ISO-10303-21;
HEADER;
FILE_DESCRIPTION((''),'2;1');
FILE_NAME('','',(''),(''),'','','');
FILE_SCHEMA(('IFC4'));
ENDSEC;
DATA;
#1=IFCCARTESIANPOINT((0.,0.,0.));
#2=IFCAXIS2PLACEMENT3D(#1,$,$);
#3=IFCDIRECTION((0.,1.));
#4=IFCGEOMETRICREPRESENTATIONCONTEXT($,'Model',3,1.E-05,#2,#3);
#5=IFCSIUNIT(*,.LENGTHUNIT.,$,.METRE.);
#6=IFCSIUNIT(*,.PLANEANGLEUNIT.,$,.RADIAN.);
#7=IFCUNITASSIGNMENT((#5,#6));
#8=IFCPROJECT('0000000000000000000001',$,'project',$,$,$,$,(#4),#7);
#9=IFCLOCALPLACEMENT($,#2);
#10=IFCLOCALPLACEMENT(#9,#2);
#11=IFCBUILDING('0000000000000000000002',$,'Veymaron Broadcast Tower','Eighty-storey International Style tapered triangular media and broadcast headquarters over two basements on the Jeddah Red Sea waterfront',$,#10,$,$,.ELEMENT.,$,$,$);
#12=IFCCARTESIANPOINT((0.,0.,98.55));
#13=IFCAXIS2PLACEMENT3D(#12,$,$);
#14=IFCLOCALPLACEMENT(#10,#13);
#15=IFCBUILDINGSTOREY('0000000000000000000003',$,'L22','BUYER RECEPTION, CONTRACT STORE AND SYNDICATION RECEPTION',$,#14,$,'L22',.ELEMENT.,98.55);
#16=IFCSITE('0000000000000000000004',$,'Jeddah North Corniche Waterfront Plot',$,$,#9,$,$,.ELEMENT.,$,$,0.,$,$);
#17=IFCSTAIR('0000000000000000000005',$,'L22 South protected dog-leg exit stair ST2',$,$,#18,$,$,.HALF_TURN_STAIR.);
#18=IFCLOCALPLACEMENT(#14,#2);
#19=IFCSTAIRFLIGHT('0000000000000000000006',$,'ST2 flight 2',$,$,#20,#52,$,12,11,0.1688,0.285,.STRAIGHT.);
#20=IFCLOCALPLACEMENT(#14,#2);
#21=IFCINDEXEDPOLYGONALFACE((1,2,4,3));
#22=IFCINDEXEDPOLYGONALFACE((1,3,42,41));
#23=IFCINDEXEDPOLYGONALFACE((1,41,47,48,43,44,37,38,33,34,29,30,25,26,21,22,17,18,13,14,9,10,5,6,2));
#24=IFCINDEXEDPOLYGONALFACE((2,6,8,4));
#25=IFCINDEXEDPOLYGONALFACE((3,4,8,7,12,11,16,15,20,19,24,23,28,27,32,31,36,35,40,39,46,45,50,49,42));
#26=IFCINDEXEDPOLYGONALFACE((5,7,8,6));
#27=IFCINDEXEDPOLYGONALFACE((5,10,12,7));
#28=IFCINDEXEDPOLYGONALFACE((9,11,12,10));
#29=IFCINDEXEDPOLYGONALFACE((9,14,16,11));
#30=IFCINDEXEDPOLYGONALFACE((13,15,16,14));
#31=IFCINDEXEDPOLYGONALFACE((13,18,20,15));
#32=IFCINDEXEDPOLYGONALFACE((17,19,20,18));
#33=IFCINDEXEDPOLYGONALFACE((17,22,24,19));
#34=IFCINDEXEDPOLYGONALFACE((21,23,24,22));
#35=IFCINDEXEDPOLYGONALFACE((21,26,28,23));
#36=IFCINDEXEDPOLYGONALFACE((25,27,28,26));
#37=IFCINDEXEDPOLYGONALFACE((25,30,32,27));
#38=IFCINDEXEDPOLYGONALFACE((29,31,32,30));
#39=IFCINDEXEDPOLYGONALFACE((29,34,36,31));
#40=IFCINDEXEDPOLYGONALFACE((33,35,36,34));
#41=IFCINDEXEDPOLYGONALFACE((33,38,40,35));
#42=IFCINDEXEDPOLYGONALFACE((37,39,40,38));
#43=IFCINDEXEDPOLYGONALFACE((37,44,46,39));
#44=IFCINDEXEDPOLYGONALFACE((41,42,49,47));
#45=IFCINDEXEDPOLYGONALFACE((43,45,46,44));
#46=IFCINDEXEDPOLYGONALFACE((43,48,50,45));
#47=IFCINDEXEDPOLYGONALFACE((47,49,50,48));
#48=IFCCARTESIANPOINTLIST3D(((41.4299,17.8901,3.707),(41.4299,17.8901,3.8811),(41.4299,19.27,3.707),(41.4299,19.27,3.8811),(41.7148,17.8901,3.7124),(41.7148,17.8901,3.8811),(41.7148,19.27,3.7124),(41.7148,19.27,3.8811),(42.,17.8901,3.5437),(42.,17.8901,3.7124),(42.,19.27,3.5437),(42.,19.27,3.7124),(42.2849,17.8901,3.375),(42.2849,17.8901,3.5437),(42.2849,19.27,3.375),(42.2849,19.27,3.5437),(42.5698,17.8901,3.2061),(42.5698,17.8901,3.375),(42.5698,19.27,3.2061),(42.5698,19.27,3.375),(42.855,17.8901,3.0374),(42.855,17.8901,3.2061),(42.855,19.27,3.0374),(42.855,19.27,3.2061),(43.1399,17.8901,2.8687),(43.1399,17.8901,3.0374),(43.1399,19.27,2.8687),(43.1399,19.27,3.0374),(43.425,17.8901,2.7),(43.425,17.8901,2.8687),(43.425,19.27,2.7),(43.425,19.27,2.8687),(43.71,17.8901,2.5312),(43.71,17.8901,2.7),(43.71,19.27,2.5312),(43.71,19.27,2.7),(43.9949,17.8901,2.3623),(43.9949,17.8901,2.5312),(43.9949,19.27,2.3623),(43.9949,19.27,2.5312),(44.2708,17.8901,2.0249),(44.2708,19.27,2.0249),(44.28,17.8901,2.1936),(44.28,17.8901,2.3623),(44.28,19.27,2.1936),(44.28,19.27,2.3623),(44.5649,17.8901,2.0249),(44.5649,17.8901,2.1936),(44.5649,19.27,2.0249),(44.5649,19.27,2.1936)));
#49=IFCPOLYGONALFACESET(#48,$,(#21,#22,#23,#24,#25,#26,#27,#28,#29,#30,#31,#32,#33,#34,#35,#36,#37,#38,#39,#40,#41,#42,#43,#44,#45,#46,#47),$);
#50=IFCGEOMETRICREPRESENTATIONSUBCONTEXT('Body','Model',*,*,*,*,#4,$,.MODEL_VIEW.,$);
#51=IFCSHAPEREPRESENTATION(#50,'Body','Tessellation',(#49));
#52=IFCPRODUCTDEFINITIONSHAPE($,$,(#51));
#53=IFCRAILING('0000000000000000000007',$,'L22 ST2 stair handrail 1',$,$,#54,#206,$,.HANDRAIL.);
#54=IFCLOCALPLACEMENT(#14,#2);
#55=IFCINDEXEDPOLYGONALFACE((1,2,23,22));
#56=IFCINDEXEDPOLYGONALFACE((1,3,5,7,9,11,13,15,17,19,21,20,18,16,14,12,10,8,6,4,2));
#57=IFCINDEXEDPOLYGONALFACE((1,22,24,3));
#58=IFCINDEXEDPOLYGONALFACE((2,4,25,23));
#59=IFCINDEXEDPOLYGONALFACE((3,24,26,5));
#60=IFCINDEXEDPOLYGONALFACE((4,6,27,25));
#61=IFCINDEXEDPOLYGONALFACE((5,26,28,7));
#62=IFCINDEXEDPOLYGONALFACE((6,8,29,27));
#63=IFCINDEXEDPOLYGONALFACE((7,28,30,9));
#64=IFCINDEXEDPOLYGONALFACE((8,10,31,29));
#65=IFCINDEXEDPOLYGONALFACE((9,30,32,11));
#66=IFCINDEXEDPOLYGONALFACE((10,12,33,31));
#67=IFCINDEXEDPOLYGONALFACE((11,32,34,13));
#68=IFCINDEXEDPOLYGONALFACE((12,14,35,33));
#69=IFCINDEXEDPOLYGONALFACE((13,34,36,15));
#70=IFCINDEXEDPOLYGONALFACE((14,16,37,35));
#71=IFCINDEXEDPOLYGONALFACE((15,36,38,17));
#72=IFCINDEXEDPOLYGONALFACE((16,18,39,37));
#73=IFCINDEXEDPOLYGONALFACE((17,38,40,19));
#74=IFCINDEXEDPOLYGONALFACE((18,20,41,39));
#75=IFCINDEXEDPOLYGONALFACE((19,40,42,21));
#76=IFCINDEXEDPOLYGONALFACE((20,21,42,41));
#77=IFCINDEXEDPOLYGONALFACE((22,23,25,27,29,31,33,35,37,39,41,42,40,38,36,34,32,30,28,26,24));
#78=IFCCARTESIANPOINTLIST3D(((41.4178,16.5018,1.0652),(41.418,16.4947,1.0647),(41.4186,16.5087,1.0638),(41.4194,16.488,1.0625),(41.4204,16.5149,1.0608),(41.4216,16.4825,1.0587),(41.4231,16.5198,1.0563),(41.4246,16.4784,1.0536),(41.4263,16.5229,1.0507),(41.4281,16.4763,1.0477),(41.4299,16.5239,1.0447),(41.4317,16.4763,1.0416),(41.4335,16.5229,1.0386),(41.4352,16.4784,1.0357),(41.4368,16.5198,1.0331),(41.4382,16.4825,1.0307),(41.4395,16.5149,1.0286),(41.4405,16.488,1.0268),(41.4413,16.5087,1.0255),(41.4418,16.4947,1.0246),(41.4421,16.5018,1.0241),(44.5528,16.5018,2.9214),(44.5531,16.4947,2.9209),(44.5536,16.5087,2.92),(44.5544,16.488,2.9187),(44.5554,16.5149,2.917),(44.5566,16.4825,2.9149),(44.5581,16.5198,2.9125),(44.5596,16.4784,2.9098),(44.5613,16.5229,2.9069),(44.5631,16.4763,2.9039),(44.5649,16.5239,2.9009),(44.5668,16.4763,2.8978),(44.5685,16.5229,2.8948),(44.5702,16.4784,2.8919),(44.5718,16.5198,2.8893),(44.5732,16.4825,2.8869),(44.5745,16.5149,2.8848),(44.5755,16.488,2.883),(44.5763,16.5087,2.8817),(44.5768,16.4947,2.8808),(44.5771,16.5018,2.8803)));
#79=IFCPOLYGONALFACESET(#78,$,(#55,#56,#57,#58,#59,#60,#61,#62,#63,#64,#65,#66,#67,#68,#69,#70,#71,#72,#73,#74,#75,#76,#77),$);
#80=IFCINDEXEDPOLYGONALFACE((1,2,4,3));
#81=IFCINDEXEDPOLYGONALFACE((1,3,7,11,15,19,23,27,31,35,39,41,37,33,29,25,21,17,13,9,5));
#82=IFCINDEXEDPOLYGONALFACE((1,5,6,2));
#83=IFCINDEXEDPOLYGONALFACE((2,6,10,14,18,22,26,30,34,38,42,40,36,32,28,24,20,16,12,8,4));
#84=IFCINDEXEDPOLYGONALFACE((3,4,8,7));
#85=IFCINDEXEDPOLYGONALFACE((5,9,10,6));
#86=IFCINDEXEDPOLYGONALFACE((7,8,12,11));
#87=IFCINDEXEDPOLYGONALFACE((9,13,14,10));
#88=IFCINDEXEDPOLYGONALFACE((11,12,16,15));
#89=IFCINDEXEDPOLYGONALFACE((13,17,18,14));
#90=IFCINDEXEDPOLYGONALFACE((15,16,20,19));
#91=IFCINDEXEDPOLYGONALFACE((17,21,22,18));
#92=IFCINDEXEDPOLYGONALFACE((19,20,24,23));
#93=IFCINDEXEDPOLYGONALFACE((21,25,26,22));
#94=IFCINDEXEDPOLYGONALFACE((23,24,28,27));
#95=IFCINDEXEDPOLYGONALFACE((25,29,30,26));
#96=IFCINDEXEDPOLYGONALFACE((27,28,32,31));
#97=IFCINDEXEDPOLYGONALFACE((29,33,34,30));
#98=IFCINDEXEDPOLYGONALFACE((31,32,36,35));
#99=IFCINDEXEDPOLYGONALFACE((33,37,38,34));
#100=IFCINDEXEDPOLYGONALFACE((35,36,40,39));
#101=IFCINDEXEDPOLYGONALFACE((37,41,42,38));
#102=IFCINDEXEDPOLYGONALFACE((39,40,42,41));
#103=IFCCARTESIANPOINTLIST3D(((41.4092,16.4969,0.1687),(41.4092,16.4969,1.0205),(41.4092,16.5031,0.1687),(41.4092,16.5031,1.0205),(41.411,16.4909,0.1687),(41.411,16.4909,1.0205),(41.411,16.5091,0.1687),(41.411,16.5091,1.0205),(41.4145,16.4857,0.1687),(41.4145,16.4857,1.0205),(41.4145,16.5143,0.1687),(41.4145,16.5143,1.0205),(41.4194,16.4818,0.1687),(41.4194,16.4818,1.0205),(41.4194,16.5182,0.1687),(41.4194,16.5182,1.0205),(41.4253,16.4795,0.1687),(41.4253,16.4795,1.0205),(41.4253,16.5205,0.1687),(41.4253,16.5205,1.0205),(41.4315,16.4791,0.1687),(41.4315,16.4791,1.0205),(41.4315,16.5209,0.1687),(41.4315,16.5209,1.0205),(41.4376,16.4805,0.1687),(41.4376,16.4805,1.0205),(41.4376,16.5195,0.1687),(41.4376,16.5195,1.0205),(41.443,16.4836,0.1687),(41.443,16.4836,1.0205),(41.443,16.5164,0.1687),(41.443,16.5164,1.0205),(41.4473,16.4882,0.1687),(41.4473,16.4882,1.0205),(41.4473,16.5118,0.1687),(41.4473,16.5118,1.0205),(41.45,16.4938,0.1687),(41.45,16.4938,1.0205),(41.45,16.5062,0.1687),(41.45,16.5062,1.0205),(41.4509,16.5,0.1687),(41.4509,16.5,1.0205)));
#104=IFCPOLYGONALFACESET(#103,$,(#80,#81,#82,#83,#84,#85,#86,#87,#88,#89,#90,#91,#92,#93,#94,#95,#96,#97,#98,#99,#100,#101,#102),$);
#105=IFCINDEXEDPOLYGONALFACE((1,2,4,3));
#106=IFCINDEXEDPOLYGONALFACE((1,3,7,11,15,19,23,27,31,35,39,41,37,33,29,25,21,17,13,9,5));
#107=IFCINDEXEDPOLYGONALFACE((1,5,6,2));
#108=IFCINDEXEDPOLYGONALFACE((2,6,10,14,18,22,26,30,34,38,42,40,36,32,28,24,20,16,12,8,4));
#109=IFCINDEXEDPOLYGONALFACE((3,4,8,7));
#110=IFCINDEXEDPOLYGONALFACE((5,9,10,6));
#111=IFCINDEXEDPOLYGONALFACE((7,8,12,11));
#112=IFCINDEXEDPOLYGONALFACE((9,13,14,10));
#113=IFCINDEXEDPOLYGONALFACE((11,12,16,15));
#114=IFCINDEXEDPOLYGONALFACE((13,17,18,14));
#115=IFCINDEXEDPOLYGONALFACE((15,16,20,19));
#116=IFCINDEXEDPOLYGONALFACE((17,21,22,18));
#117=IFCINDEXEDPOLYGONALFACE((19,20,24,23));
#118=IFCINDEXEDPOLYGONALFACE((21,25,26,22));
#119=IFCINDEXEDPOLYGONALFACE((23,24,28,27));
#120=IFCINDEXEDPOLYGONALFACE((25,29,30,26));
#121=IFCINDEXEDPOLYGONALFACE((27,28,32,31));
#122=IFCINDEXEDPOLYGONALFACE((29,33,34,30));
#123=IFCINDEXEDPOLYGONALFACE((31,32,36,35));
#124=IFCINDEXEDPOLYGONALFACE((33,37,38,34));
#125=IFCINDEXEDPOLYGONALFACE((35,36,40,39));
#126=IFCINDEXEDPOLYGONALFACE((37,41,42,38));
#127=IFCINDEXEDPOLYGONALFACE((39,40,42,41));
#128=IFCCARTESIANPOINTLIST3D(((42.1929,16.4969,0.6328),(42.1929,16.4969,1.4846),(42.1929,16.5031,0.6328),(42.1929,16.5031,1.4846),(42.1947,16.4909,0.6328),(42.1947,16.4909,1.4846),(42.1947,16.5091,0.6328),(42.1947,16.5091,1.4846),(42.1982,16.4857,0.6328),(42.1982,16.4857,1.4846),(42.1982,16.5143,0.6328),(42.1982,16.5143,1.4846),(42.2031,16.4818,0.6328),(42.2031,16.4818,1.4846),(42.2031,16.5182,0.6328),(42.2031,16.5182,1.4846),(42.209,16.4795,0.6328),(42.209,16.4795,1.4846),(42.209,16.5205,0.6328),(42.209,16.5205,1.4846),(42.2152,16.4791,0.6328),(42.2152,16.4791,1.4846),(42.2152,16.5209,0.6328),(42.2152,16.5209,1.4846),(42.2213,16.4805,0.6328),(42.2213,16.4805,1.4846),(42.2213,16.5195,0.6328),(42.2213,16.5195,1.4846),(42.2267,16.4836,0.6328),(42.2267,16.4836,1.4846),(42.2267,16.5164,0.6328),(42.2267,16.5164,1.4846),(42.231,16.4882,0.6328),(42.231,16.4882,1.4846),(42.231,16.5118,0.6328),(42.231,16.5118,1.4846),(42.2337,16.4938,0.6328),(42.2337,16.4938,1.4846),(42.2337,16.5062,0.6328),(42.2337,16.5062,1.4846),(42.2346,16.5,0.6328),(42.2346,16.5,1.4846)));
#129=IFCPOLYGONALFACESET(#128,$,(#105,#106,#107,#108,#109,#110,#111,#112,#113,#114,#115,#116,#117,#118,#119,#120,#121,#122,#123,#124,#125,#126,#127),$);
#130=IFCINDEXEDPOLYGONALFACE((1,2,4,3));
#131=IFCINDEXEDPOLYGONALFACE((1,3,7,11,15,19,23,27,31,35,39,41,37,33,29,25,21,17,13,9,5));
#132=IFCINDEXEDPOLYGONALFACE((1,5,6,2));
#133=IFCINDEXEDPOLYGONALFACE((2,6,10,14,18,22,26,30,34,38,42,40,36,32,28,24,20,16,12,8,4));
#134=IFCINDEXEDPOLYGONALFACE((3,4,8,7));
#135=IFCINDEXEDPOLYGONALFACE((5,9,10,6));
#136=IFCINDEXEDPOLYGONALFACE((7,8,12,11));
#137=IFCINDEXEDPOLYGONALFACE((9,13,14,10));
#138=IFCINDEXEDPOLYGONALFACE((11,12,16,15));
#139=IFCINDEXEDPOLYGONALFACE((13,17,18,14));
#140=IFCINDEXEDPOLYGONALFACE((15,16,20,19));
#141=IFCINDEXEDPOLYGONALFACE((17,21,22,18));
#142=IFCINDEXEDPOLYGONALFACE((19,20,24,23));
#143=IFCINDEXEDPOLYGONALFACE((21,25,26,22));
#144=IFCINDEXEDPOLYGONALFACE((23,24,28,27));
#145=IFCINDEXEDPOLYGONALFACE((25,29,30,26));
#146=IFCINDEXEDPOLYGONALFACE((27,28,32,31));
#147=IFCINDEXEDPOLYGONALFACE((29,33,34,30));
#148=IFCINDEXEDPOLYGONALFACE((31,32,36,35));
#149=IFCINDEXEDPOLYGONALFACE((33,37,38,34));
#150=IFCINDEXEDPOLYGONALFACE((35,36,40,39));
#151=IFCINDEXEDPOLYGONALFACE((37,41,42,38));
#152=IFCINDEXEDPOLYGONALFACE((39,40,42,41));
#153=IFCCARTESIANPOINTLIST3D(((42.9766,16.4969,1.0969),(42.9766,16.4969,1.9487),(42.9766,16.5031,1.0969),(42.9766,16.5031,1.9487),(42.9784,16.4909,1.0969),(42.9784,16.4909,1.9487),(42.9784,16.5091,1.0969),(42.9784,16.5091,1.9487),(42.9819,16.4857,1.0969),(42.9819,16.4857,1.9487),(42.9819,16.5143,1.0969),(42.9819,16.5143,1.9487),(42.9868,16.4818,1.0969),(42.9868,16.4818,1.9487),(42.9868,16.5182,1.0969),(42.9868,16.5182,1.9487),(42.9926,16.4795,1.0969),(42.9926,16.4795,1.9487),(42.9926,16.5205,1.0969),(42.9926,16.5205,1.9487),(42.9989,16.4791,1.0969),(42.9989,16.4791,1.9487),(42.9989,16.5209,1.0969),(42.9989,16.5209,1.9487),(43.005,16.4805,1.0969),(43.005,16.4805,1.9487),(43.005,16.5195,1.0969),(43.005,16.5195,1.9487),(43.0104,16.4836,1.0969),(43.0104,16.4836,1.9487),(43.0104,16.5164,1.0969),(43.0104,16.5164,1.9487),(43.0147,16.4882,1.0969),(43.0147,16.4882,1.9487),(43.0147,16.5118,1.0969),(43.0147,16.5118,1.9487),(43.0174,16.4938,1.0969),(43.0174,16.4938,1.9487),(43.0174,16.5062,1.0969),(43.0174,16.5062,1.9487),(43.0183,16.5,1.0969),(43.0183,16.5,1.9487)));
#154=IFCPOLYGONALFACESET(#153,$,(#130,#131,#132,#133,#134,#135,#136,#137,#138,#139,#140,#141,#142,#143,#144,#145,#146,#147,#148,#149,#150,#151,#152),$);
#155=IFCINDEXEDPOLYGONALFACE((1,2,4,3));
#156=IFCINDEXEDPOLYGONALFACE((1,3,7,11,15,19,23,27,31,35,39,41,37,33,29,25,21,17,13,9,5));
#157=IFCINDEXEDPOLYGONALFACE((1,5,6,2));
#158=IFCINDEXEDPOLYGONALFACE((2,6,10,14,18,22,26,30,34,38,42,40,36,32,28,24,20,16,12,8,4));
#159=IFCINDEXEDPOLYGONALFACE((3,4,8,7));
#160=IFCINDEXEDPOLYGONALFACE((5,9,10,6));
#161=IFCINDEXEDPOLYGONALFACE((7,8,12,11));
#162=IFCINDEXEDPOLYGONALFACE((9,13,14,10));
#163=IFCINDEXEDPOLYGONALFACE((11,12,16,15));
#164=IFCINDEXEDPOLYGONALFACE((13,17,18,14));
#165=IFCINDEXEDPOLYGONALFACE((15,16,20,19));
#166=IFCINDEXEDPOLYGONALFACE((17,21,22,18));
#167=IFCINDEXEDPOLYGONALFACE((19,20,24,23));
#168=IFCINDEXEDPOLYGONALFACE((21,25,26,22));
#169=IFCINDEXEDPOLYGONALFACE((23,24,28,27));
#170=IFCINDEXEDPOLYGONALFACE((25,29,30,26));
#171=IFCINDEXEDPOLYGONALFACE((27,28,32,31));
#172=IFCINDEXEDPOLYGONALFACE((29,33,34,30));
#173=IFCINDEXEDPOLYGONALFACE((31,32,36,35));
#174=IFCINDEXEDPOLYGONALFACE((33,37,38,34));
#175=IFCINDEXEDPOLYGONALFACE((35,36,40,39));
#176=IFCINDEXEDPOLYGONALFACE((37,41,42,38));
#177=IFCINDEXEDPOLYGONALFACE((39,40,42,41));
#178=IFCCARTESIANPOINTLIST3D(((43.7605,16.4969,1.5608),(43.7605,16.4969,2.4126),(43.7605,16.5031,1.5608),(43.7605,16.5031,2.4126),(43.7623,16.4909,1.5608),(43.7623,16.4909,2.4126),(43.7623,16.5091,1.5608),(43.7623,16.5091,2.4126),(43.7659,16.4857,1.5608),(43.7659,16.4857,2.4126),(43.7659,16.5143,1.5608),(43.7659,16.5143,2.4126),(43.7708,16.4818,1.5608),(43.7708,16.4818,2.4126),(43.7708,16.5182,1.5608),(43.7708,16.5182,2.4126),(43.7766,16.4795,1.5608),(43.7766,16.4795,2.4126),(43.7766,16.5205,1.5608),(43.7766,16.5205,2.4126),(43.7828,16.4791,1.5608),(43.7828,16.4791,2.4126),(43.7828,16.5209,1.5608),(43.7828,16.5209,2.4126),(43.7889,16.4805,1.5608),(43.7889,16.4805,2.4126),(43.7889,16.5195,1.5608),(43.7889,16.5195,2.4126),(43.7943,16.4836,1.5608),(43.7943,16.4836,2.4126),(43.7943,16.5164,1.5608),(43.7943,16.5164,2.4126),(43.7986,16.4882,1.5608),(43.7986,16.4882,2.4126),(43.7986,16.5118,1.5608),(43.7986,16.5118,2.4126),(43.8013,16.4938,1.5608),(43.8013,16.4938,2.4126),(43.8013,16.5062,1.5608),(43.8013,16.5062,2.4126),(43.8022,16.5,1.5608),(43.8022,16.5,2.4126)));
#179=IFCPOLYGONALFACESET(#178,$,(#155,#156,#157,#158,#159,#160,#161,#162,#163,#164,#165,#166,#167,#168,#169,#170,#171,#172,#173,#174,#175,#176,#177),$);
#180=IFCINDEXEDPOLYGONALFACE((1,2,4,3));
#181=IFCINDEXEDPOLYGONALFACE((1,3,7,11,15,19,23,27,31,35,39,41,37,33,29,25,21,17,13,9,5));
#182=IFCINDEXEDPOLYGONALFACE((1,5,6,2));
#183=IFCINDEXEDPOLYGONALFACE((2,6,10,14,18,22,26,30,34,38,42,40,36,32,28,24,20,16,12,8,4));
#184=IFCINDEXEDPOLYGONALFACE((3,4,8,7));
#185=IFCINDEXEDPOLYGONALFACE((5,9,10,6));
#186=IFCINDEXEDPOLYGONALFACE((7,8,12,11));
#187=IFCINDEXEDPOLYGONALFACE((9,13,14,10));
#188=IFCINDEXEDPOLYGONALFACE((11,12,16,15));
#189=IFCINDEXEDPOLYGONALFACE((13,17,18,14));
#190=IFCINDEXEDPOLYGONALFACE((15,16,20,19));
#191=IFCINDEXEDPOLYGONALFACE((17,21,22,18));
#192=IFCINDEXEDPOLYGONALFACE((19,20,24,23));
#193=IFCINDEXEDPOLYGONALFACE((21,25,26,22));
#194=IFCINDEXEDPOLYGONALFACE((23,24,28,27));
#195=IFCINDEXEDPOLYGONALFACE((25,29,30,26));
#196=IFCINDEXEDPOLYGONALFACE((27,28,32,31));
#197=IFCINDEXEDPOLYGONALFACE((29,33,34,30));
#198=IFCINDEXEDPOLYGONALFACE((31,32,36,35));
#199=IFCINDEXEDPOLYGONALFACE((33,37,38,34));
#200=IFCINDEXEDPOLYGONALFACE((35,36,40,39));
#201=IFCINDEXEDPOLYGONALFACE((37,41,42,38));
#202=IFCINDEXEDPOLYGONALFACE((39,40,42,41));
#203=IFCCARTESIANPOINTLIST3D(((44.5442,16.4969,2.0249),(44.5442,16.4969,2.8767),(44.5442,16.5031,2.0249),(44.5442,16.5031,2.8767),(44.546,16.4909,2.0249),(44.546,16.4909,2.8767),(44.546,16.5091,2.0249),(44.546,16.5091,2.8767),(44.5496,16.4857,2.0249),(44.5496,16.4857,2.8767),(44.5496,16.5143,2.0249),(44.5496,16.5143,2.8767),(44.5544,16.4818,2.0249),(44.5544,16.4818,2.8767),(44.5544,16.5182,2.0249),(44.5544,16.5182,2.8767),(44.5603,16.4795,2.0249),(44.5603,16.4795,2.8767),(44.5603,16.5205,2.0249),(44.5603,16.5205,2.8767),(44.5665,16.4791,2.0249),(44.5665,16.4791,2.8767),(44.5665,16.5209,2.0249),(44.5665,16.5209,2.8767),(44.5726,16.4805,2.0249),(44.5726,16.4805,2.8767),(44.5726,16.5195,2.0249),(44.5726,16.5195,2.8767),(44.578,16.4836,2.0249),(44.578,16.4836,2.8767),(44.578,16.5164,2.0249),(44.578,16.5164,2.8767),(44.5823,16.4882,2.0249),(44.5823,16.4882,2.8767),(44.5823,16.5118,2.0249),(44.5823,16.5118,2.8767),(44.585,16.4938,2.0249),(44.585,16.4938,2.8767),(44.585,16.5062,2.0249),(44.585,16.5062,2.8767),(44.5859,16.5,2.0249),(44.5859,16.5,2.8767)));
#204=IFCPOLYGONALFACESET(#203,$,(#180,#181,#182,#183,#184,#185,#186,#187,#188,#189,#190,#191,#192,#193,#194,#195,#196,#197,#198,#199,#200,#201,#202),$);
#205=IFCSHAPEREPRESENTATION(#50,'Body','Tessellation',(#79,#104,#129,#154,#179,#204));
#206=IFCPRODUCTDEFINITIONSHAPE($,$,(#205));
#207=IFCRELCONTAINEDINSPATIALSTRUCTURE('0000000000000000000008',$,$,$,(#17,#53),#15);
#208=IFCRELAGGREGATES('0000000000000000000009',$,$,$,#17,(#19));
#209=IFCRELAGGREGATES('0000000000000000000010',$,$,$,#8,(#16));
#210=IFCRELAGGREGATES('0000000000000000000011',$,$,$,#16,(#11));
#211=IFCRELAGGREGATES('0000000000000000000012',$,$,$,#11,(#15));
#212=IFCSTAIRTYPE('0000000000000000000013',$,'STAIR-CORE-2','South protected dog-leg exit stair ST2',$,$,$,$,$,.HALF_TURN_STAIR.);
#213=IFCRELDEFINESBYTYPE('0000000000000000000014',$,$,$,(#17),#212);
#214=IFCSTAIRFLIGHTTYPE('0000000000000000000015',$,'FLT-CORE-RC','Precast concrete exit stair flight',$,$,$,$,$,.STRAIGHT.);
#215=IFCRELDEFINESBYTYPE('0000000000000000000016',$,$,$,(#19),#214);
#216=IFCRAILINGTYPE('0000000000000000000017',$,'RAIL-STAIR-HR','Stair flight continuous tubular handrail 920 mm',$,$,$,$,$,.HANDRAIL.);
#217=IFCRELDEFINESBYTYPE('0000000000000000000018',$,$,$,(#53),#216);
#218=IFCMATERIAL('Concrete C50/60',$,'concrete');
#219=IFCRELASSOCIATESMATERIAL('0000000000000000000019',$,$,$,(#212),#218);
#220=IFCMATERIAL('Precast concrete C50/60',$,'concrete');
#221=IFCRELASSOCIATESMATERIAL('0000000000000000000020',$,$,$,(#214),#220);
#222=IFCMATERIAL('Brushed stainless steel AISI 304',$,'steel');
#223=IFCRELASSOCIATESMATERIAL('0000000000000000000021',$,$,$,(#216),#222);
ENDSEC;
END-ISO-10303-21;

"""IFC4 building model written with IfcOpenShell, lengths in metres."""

from ifc_helpers import new_model, si_unit, direction, frame, origin, origin_2d, place, context, subcontext, project, spatial, polyline, circle, outline, extrude, material, type_object, element, aggregate, save


model = new_model("IFC4")

# Units and contexts
model_context = context("Model", 3, precision=1e-05, world=origin(), true_north=direction((0.0, 1.0)))
body_context = subcontext(model_context, "Body", "Model", "MODEL_VIEW")
ifc_project = project(units=[si_unit("LENGTHUNIT", "METRE"), si_unit("PLANEANGLEUNIT", "RADIAN")], contexts=[model_context])

# Site, building, storey
site_placement = place(None, origin())
site = spatial("IfcSite", under=ifc_project, at=site_placement, Name="Jeddah North Corniche Waterfront Plot", CompositionType="ELEMENT", RefElevation=0.0)
building_placement = place(site_placement, origin())
building = spatial("IfcBuilding", under=site, at=building_placement, Name="Veymaron Broadcast Tower", Description="Eighty-storey International Style tapered triangular media and broadcast headquarters over two basements on the Jeddah Red Sea waterfront", CompositionType="ELEMENT")
storey_placement = place(building_placement, frame((0.0, 0.0, 98.55)))
storey = spatial("IfcBuildingStorey", under=building, at=storey_placement, Name="L22", Description="BUYER RECEPTION, CONTRACT STORE AND SYNDICATION RECEPTION", LongName="L22", CompositionType="ELEMENT", Elevation=98.55)

# Shared definitions
ifc_material_1 = material(Name="Brushed stainless steel AISI 304", Category="steel")

# Shared definitions
ifc_material_2 = material(Name="Concrete C50/60", Category="concrete")

# Stair, stair flight
stair_type = type_object("IfcStairType", Name="STAIR-CORE-2", Description="South protected dog-leg exit stair ST2", PredefinedType="HALF_TURN_STAIR", material=ifc_material_2)
stair_placement = place(storey_placement, origin())
stair = element("IfcStair", 1, at=stair_placement, inside=storey, type_object=stair_type, Name="L22 South protected dog-leg exit stair ST2", PredefinedType="HALF_TURN_STAIR")
ifc_material_3 = material(Name="Precast concrete C50/60", Category="concrete")
stair_flight_type = type_object("IfcStairFlightType", Name="FLT-CORE-RC", Description="Precast concrete exit stair flight", PredefinedType="STRAIGHT", material=ifc_material_3)
stair_flight_1_placement = place(storey_placement, frame((44.5649, 18.5801, 2.0249), z_axis=(0.0, 0.0, 1.0), x_axis=(-1.0, 0.0, 0.0)))
stair_flight_1 = element("IfcStairFlight", 2, at=stair_flight_1_placement, type_object=stair_flight_type, Name="ST2 flight 2", NumberOfRisers=12, NumberOfTreads=11, PredefinedType="STRAIGHT", RiserHeight=0.1688, TreadLength=0.285, context=body_context, shape_type="SweptSolid", body=[
    extrude(outline(polyline([(0.0, 0.0), (0.0, 0.1687), (0.2849, 0.1687), (0.2849, 0.3374), (0.5701, 0.3374), (0.5701, 0.5063), (0.855, 0.5063), (0.855, 0.675), (1.1399, 0.675), (1.1399, 0.8438), (1.425, 0.8438), (1.425, 1.0125), (1.71, 1.0125), (1.71, 1.1812), (1.9951, 1.1812), (1.9951, 1.3501), (2.28, 1.3501), (2.28, 1.5188), (2.5649, 1.5188), (2.5649, 1.6875), (2.8501, 1.6875), (2.8501, 1.8562), (3.135, 1.8562), (3.135, 2.0249), (3.135, 1.6821), (0.2942, 0.0), (0.0, 0.0)])), frame((0.0, 0.6899, 0.0), z_axis=(0.0, -1.0, 0.0), x_axis=(1.0, 0.0, 0.0)), (0.0, 0.0, 1.0), 1.3799),
])
aggregate(stair, [stair_flight_1])

# Railing
railing_type_1 = type_object("IfcRailingType", Name="RAIL-STAIR-HR", Description="Stair flight continuous tubular handrail 920 mm", PredefinedType="HANDRAIL", material=ifc_material_1)
railing_1_placement = place(storey_placement, frame((41.4299, 16.5, 0.1687)))
element("IfcRailing", 3, at=railing_1_placement, inside=storey, type_object=railing_type_1, Name="L22 ST2 stair handrail 1", PredefinedType="HANDRAIL", context=body_context, shape_type="SweptSolid", body=[
    extrude(circle(Radius=0.0239, at=origin_2d()), frame((0.0, 0.0, 0.876), z_axis=(0.860482, 0.0, 0.509481), x_axis=(0.0, 1.0, 0.0)), (0.0, 0.0, 1.0), 3.6433),
    extrude(circle(Radius=0.021, at=origin_2d()), origin(), (0.0, 0.0, 1.0), 0.8518),
    extrude(circle(Radius=0.021, at=origin_2d()), frame((0.7837, 0.0, 0.4641)), (0.0, 0.0, 1.0), 0.8518),
    extrude(circle(Radius=0.021, at=origin_2d()), frame((1.5674, 0.0, 0.9282)), (0.0, 0.0, 1.0), 0.8518),
    extrude(circle(Radius=0.021, at=origin_2d()), frame((2.3513, 0.0, 1.3921)), (0.0, 0.0, 1.0), 0.8518),
    extrude(circle(Radius=0.021, at=origin_2d()), frame((3.135, 0.0, 1.8562)), (0.0, 0.0, 1.0), 0.8518),
])

save(model, "model.ifc")
